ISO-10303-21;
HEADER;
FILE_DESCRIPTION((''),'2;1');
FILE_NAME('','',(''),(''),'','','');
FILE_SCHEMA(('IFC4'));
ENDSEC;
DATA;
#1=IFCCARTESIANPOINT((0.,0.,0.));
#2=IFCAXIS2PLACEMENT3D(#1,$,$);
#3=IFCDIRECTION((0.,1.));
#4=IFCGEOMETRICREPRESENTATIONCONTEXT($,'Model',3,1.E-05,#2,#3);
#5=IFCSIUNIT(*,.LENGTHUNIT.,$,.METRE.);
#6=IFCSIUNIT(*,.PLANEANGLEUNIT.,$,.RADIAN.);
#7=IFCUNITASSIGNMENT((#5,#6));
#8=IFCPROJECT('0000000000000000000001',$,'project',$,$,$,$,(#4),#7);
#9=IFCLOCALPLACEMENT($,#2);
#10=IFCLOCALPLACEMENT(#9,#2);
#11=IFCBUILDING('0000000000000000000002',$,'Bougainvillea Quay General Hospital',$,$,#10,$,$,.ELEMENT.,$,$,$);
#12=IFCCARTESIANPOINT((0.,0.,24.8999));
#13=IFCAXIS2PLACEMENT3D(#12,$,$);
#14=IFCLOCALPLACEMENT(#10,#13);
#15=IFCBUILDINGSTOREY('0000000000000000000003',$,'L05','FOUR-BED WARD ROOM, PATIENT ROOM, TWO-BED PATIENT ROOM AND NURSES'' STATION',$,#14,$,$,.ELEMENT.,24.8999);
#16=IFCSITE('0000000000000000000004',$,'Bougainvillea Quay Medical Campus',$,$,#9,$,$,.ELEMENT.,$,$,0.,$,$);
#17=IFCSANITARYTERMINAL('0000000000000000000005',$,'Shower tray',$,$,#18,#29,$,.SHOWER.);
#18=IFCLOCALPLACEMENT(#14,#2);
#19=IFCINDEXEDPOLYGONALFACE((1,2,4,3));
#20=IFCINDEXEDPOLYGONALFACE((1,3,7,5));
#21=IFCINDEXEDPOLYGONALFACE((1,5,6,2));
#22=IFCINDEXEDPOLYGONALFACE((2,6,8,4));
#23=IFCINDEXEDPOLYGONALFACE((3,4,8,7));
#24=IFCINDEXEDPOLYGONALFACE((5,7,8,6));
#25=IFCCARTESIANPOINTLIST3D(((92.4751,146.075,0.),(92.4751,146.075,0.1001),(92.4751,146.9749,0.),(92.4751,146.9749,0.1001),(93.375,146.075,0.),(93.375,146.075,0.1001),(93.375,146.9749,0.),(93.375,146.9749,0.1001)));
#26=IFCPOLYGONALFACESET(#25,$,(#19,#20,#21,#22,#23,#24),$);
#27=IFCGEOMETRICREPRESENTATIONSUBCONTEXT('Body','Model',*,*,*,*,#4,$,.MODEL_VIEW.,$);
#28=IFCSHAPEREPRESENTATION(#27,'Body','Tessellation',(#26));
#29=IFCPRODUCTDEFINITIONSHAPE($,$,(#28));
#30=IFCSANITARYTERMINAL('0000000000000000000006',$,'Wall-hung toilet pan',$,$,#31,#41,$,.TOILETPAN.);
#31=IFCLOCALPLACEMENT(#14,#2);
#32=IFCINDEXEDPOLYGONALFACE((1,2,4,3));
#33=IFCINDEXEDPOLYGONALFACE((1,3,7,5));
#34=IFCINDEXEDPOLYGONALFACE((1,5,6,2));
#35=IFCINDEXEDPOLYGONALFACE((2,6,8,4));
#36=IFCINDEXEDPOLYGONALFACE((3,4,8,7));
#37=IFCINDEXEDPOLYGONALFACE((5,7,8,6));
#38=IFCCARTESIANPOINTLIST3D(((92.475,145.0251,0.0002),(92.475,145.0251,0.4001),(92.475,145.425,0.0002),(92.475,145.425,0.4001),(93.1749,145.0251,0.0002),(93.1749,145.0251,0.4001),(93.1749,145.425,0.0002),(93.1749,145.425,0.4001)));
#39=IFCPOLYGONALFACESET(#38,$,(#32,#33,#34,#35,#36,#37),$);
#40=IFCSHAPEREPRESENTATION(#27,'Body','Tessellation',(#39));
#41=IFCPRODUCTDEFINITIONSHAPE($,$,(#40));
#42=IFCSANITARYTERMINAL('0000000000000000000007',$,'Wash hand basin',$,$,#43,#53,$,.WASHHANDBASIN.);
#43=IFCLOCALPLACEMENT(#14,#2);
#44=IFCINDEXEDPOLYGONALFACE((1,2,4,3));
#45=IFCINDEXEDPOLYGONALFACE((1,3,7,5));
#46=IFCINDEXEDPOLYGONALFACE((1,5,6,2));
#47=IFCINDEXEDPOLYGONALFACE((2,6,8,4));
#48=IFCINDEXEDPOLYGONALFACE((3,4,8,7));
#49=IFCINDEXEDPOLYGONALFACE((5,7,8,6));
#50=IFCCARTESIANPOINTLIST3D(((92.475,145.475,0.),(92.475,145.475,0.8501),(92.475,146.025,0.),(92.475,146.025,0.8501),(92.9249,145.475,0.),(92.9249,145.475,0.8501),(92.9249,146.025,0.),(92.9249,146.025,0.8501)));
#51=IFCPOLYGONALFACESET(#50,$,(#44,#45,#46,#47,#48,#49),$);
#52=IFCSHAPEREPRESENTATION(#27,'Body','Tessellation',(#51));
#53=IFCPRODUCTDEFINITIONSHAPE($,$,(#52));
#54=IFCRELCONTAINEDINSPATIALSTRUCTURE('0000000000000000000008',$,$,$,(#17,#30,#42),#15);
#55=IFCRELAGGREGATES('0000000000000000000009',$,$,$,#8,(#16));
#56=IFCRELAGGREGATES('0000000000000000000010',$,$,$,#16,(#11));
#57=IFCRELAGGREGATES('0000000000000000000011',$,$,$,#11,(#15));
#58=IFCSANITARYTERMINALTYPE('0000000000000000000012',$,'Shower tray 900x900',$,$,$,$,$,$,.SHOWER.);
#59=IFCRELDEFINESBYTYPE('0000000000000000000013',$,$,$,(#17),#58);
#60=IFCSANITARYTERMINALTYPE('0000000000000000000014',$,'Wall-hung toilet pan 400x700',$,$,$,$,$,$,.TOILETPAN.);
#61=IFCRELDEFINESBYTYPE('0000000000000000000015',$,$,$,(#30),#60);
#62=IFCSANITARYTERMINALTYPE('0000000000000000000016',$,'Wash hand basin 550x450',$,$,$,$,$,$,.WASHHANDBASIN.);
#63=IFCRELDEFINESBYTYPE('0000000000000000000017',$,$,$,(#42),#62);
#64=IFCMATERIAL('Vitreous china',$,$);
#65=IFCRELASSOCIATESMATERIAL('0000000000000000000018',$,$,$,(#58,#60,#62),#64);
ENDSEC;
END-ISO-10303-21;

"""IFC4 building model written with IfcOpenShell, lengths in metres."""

from ifc_helpers import new_model, si_unit, direction, frame, origin, origin_2d, place, context, subcontext, project, spatial, rectangle, extrude, material, type_object, element, save


model = new_model("IFC4")

# Units and contexts
model_context = context("Model", 3, precision=1e-05, world=origin(), true_north=direction((0.0, 1.0)))
body_context = subcontext(model_context, "Body", "Model", "MODEL_VIEW")
ifc_project = project(units=[si_unit("LENGTHUNIT", "METRE"), si_unit("PLANEANGLEUNIT", "RADIAN")], contexts=[model_context])

# Site, building, storey
site_placement = place(None, origin())
site = spatial("IfcSite", under=ifc_project, at=site_placement, Name="Bougainvillea Quay Medical Campus", CompositionType="ELEMENT", RefElevation=0.0)
building_placement = place(site_placement, origin())
building = spatial("IfcBuilding", under=site, at=building_placement, Name="Bougainvillea Quay General Hospital", CompositionType="ELEMENT")
storey_placement = place(building_placement, frame((0.0, 0.0, 24.8999)))
storey = spatial("IfcBuildingStorey", under=building, at=storey_placement, Name="L05", Description="FOUR-BED WARD ROOM, PATIENT ROOM, TWO-BED PATIENT ROOM AND NURSES' STATION", CompositionType="ELEMENT", Elevation=24.8999)

# Sanitary terminals
ifc_material_1 = material(Name="Vitreous china")
sanitary_terminal_type_1 = type_object("IfcSanitaryTerminalType", Name="Shower tray 900x900", PredefinedType="SHOWER", material=ifc_material_1)
sanitary_terminal_1_placement = place(storey_placement, frame((92.925, 146.5249, 0.0), z_axis=(0.0, 0.0, 1.0), x_axis=(0.0, 1.0, 0.0)))
element("IfcSanitaryTerminal", 1, at=sanitary_terminal_1_placement, inside=storey, type_object=sanitary_terminal_type_1, Name="Shower tray", PredefinedType="SHOWER", context=body_context, shape_type="SweptSolid", body=[
    extrude(rectangle(XDim=0.8999, YDim=0.8999, at=origin_2d()), origin(), (0.0, 0.0, 1.0), 0.1001),
])
sanitary_terminal_type_2 = type_object("IfcSanitaryTerminalType", Name="Wall-hung toilet pan 400x700", PredefinedType="TOILETPAN", material=ifc_material_1)
sanitary_terminal_2_placement = place(storey_placement, frame((92.825, 145.2251, 0.0002), z_axis=(0.0, 0.0, 1.0), x_axis=(0.0, 1.0, 0.0)))
element("IfcSanitaryTerminal", 2, at=sanitary_terminal_2_placement, inside=storey, type_object=sanitary_terminal_type_2, Name="Wall-hung toilet pan", PredefinedType="TOILETPAN", context=body_context, shape_type="SweptSolid", body=[
    extrude(rectangle(XDim=0.3999, YDim=0.7, at=origin_2d()), origin(), (0.0, 0.0, 1.0), 0.3999),
])
sanitary_terminal_type_3 = type_object("IfcSanitaryTerminalType", Name="Wash hand basin 550x450", PredefinedType="WASHHANDBASIN", material=ifc_material_1)
sanitary_terminal_3_placement = place(storey_placement, frame((92.7, 145.75, 0.0), z_axis=(0.0, 0.0, 1.0), x_axis=(0.0, 1.0, 0.0)))
element("IfcSanitaryTerminal", 3, at=sanitary_terminal_3_placement, inside=storey, type_object=sanitary_terminal_type_3, Name="Wash hand basin", PredefinedType="WASHHANDBASIN", context=body_context, shape_type="SweptSolid", body=[
    extrude(rectangle(XDim=0.55, YDim=0.45, at=origin_2d()), origin(), (0.0, 0.0, 1.0), 0.8501),
])

save(model, "model.ifc")
